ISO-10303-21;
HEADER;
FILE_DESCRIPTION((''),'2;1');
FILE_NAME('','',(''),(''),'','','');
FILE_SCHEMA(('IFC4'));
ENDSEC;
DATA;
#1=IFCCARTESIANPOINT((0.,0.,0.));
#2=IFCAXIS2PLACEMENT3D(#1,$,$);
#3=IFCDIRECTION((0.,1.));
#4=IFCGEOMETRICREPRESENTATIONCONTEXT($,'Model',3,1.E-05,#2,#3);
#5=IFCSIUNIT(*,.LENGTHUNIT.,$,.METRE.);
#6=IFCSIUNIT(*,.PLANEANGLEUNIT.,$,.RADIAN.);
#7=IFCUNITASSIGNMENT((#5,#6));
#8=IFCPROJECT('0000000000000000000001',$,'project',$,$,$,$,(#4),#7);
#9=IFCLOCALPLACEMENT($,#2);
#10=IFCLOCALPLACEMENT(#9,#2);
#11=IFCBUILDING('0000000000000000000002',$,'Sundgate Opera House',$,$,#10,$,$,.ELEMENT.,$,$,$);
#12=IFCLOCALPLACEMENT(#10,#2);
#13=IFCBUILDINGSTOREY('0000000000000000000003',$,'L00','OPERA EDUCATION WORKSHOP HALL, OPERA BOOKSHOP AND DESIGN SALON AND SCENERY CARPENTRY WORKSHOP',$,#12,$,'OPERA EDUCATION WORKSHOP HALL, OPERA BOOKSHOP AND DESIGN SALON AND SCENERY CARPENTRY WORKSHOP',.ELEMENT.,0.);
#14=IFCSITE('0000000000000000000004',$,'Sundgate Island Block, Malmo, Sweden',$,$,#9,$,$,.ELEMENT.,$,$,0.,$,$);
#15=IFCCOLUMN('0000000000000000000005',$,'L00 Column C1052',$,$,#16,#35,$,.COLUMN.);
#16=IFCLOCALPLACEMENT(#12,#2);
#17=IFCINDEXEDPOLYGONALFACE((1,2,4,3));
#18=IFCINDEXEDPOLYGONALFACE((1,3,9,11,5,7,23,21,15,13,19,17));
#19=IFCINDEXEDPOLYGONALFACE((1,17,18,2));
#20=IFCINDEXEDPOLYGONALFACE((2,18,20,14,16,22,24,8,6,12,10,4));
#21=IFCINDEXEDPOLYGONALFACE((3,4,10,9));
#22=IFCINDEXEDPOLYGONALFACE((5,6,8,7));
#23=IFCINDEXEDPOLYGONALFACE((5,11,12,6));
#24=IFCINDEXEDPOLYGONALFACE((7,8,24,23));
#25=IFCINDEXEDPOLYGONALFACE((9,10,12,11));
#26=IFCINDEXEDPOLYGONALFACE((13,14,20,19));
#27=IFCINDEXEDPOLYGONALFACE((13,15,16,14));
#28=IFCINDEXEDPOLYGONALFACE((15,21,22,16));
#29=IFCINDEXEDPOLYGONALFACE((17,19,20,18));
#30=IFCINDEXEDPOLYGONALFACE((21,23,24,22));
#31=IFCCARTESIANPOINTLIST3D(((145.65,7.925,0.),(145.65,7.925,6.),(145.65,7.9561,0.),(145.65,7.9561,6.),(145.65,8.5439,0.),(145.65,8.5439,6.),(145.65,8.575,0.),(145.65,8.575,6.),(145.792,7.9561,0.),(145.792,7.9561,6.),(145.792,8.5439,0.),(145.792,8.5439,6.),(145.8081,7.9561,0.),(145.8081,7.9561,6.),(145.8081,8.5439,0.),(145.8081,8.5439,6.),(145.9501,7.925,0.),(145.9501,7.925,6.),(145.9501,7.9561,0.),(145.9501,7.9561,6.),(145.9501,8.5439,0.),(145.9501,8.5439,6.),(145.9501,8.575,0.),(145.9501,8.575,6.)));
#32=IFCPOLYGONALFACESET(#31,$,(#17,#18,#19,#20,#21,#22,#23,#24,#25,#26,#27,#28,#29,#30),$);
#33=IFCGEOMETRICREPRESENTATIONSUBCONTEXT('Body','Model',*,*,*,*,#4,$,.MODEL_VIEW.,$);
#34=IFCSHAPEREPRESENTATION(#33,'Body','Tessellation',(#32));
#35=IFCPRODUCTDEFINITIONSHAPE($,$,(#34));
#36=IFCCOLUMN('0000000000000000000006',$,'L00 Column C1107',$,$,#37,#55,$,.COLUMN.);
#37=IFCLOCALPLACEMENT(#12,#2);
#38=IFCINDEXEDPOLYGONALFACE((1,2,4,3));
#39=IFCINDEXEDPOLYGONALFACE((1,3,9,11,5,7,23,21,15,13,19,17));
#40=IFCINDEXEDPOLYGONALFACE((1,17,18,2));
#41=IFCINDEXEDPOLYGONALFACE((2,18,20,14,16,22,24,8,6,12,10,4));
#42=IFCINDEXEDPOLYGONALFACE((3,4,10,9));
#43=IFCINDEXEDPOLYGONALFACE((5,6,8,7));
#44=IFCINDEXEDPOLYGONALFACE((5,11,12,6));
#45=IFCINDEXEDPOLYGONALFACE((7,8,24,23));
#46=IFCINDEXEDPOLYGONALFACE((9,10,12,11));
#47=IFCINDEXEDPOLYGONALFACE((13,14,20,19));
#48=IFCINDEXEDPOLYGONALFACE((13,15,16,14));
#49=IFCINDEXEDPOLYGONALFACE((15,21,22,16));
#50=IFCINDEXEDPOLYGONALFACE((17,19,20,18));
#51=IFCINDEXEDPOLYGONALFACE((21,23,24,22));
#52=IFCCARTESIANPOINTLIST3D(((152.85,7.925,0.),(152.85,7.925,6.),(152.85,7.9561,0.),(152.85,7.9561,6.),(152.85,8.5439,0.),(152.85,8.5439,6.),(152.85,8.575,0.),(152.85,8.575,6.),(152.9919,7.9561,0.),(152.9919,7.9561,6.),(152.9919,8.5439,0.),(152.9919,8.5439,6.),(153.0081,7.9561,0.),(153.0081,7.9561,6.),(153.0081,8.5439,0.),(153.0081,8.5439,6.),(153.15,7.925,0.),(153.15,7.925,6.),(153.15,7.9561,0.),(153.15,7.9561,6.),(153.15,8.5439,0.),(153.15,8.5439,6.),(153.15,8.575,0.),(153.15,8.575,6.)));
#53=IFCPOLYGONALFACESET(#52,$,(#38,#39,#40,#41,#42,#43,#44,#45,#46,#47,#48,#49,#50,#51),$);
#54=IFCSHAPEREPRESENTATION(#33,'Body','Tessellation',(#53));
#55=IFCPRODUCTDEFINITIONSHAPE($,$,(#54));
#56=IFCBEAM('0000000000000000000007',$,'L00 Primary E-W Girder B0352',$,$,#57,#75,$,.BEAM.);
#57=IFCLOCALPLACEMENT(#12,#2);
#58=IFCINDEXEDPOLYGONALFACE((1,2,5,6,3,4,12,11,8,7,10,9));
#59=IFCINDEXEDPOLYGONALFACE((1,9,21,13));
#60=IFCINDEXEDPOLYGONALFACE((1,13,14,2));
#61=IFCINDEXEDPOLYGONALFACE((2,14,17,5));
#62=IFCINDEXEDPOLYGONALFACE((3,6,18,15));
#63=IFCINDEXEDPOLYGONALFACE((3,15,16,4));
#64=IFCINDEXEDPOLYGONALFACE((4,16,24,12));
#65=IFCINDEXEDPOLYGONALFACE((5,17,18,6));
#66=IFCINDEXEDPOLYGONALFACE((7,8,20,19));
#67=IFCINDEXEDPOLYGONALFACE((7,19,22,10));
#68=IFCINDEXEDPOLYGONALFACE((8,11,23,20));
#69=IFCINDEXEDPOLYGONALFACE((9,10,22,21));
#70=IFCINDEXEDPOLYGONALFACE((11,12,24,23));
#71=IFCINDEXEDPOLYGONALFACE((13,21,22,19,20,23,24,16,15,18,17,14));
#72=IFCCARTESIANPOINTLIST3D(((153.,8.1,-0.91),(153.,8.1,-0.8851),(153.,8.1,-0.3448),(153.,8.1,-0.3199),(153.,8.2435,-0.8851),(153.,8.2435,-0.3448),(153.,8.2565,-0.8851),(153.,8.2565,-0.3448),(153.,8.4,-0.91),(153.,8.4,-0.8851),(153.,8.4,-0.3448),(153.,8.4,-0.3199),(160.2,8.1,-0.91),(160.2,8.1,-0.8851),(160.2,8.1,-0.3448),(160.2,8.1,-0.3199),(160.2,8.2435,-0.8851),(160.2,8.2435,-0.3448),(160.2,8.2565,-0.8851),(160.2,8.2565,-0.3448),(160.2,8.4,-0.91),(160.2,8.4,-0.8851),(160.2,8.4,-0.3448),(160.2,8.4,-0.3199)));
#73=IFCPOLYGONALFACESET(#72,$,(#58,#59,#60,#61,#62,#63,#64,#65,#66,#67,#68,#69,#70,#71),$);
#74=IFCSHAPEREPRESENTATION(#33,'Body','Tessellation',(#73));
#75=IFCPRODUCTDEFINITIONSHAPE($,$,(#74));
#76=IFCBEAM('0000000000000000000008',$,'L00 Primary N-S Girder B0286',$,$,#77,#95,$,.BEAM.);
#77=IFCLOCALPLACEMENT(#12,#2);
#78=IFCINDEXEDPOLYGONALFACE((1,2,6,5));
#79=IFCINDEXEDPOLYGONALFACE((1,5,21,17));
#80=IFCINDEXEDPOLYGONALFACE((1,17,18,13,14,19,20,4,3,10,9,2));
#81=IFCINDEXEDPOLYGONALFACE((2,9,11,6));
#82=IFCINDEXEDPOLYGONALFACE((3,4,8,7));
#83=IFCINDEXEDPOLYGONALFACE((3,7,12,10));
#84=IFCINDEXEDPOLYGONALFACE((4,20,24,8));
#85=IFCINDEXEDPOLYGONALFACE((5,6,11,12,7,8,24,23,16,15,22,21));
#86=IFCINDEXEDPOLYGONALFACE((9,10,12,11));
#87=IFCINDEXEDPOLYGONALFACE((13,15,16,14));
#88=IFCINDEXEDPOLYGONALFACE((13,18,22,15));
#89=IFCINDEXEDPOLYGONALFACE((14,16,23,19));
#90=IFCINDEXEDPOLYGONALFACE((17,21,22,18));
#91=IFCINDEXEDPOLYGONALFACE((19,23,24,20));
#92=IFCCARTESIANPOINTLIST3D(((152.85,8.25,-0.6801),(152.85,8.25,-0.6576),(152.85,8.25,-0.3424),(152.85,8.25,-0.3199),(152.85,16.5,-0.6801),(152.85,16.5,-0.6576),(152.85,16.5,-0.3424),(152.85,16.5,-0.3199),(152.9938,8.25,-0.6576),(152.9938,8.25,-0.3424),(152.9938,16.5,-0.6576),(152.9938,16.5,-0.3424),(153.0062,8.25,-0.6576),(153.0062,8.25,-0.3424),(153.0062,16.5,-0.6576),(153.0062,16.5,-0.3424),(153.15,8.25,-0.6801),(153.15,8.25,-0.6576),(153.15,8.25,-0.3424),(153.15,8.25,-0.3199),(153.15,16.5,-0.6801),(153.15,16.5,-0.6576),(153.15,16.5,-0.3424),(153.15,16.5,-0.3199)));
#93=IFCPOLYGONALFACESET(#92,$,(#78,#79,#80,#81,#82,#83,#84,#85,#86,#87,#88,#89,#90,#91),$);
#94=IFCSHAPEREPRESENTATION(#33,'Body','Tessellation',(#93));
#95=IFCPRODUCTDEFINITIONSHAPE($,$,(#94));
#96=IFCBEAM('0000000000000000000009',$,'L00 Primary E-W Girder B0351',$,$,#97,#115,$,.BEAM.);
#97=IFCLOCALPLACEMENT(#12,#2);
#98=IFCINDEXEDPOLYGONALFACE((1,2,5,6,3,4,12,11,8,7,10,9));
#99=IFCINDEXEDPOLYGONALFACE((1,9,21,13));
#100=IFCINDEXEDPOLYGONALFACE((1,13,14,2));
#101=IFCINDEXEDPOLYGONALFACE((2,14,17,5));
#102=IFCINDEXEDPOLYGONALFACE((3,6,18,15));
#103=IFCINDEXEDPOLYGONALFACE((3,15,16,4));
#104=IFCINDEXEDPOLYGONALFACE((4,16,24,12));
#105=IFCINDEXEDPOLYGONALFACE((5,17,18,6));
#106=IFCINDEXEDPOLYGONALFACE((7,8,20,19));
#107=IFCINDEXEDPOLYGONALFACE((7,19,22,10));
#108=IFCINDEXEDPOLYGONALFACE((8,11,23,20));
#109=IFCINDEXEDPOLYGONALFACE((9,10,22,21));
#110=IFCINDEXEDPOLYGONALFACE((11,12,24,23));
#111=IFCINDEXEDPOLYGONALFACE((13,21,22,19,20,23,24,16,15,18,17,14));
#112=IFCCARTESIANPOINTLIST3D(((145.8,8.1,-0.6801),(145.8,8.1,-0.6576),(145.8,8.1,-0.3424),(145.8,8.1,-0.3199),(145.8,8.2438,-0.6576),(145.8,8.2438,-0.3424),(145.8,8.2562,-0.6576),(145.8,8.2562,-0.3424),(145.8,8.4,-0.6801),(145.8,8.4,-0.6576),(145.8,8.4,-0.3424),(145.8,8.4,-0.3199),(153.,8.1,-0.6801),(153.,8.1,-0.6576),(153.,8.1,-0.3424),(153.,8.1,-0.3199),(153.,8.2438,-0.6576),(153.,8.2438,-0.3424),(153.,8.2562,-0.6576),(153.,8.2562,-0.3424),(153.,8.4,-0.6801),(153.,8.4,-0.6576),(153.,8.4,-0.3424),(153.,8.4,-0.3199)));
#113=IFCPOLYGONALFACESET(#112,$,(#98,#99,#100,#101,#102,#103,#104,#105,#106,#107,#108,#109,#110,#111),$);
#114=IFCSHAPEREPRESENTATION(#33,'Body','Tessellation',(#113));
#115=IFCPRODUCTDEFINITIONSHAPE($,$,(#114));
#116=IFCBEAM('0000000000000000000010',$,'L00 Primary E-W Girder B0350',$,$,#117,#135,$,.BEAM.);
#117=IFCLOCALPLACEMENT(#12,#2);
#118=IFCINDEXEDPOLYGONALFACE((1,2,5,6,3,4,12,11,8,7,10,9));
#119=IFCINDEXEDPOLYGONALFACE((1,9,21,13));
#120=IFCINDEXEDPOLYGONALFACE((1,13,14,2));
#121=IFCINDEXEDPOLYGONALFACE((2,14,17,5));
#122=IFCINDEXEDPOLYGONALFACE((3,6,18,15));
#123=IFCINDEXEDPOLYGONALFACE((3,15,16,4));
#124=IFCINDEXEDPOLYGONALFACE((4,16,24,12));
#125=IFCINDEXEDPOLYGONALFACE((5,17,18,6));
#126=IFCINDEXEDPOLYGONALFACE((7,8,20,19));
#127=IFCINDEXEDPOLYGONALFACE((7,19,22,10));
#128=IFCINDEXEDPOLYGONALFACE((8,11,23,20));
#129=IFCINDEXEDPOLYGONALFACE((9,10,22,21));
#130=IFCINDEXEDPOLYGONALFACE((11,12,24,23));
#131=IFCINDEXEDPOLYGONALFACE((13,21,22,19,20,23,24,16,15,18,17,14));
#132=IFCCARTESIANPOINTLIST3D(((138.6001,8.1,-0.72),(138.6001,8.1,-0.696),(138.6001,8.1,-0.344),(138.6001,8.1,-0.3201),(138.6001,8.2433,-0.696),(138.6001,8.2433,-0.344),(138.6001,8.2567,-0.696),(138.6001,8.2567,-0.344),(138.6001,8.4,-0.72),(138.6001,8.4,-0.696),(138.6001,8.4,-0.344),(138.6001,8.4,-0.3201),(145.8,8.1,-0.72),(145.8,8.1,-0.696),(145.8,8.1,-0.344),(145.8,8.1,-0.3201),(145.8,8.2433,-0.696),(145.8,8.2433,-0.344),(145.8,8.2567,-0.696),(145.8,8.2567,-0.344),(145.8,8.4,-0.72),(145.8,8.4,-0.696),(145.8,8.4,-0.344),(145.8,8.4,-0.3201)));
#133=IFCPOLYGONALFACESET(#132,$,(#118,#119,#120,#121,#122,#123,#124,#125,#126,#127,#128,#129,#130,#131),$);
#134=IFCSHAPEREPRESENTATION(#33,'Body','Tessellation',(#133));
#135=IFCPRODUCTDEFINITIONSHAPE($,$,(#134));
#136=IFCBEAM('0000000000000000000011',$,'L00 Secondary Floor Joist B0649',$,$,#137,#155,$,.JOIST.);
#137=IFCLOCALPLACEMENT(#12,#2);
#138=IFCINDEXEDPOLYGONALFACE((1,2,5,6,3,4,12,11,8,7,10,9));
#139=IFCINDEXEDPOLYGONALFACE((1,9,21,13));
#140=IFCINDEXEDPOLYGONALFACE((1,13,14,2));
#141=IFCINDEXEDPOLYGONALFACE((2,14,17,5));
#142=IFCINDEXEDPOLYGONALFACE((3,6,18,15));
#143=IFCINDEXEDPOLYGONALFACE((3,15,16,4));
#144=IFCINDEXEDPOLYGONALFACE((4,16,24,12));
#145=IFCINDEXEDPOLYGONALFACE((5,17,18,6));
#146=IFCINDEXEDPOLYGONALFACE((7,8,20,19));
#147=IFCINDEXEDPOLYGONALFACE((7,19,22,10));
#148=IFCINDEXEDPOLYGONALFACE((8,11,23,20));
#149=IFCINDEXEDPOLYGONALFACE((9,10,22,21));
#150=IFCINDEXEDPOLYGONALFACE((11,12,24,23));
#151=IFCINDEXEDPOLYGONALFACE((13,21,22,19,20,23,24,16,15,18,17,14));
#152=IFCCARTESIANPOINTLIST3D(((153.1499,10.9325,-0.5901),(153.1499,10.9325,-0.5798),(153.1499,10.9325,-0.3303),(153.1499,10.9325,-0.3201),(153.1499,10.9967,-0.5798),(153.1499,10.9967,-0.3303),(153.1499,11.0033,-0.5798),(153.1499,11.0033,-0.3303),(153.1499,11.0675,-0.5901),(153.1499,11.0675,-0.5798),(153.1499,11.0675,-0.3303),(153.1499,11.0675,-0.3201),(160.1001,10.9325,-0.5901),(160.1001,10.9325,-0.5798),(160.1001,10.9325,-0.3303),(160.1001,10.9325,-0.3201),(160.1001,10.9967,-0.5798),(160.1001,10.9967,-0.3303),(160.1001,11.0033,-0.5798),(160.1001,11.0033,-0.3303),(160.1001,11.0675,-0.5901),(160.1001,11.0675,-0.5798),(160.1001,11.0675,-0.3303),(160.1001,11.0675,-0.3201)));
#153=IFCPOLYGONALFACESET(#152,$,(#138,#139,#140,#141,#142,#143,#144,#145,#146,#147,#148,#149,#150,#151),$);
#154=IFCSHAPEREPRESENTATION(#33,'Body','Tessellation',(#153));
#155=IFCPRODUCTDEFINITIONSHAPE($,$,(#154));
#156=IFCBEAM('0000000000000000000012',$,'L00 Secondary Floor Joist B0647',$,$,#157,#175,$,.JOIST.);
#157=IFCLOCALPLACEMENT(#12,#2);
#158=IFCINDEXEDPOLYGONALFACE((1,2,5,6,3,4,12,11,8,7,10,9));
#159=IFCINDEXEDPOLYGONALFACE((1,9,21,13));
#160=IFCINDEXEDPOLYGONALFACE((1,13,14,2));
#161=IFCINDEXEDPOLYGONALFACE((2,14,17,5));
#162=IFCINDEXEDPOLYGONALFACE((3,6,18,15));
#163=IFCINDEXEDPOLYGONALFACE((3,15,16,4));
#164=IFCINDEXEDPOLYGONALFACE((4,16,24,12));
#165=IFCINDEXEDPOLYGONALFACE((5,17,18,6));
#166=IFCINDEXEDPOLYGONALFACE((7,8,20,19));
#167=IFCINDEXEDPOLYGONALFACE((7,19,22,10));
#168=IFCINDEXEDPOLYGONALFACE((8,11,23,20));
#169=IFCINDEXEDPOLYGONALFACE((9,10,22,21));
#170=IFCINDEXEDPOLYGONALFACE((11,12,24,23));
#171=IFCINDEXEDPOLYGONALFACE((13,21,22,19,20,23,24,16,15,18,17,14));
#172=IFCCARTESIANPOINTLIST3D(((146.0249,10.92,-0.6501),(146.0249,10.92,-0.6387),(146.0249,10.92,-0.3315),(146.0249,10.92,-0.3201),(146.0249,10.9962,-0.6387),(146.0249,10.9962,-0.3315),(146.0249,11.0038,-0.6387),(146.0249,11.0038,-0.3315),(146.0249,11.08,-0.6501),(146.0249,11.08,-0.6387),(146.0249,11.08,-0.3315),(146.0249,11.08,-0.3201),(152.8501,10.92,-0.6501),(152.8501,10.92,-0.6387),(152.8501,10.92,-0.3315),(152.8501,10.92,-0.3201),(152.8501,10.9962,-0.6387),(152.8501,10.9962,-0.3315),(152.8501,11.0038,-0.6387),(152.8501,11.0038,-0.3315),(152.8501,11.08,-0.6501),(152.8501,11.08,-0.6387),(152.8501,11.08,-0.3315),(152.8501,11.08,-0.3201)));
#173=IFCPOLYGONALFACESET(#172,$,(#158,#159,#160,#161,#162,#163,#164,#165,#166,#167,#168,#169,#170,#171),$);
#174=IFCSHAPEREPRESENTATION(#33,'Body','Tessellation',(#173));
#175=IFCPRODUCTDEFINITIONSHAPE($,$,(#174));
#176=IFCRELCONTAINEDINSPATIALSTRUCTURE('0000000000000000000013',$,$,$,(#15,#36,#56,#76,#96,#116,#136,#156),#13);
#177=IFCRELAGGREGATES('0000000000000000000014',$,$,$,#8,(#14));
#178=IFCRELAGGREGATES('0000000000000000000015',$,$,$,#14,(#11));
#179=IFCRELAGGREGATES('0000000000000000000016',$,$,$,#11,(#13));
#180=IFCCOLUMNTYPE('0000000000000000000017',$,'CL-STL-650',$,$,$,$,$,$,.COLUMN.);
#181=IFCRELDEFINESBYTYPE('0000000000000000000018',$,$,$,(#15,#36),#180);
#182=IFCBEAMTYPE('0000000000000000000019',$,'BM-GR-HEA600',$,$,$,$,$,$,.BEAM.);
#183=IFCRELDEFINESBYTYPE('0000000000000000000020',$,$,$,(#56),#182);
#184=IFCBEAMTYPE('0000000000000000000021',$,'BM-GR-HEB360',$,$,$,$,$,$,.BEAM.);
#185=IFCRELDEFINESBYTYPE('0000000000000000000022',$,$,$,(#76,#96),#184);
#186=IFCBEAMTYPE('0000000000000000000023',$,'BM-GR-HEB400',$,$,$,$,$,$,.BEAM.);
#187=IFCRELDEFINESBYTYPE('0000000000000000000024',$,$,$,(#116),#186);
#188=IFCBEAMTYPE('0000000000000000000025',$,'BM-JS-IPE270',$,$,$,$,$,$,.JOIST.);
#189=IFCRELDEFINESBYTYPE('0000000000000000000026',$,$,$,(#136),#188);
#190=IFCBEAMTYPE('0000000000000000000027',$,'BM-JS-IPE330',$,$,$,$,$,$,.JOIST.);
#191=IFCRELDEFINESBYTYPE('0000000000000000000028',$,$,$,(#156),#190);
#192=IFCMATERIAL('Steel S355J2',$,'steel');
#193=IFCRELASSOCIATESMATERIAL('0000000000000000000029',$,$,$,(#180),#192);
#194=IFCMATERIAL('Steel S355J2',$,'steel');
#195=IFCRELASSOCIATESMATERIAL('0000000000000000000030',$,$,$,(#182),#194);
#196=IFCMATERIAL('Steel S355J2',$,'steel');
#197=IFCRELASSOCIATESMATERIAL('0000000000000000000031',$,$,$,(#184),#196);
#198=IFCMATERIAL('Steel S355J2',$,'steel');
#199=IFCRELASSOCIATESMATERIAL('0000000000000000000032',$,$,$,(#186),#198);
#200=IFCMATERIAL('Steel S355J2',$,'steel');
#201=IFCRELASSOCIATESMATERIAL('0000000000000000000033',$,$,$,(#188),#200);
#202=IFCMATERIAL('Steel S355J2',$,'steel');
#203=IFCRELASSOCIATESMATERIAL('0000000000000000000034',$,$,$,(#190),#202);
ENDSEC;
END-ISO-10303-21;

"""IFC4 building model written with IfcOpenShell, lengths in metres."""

from ifc_helpers import new_model, si_unit, direction, frame, origin, origin_2d, place, context, subcontext, project, spatial, i_section, extrude, material, material_profile, profile_set, type_object, element, save


model = new_model("IFC4")

# Units and contexts
model_context = context("Model", 3, precision=1e-05, world=origin(), true_north=direction((0.0, 1.0)))
body_context = subcontext(model_context, "Body", "Model", "MODEL_VIEW")
ifc_project = project(units=[si_unit("LENGTHUNIT", "METRE"), si_unit("PLANEANGLEUNIT", "RADIAN")], contexts=[model_context])

# Site, building, storey
site_placement = place(None, origin())
site = spatial("IfcSite", under=ifc_project, at=site_placement, Name="Sundgate Island Block, Malmo, Sweden", CompositionType="ELEMENT", RefElevation=0.0)
building_placement = place(site_placement, origin())
building = spatial("IfcBuilding", under=site, at=building_placement, Name="Sundgate Opera House", CompositionType="ELEMENT")
storey_placement = place(building_placement, origin())
storey = spatial("IfcBuildingStorey", under=building, at=storey_placement, Name="L00", Description="OPERA EDUCATION WORKSHOP HALL, OPERA BOOKSHOP AND DESIGN SALON AND SCENERY CARPENTRY WORKSHOP", LongName="OPERA EDUCATION WORKSHOP HALL, OPERA BOOKSHOP AND DESIGN SALON AND SCENERY CARPENTRY WORKSHOP", CompositionType="ELEMENT", Elevation=0.0)

# Columns
ifc_material_1 = material(Name="Steel S355J2", Category="steel")
ifc_material_profile_1 = material_profile(ifc_material_1, i_section(OverallWidth=0.3, OverallDepth=0.6499, WebThickness=0.0161, FlangeThickness=0.031, at=origin_2d()), Name="HEB 650")
ifc_profile_set_1 = profile_set([ifc_material_profile_1], Name="Steel S355J2")
column_type = type_object("IfcColumnType", Name="CL-STL-650", PredefinedType="COLUMN", material=ifc_profile_set_1)
for number, where, z_axis, x_axis, name in (
    (1, (145.8, 8.25, 0.0), (0.0, 0.0, 1.0), (1.0, 0.0, 0.0), "L00 Column C1052"),
    (2, (153.0, 8.25, 0.0), (0.0, 0.0, 1.0), (1.0, 0.0, 0.0), "L00 Column C1107"),
):
    element("IfcColumn", number, at=place(storey_placement, frame(where, z_axis=z_axis, x_axis=x_axis)), inside=storey, type_object=column_type, Name=name, PredefinedType="COLUMN", context=body_context, shape_type="SweptSolid", body=[
        extrude(i_section(OverallWidth=0.3, OverallDepth=0.6499, WebThickness=0.0161, FlangeThickness=0.031, at=origin_2d()), origin(), (0.0, 0.0, 1.0), 6.0),
    ])

# Beams
ifc_material_2 = material(Name="Steel S355J2", Category="steel")
ifc_material_profile_2 = material_profile(ifc_material_2, i_section(OverallWidth=0.3, OverallDepth=0.5901, WebThickness=0.0129, FlangeThickness=0.0249, at=origin_2d()), Name="HEA 600")
ifc_profile_set_2 = profile_set([ifc_material_profile_2], Name="Steel S355J2")
beam_type_1 = type_object("IfcBeamType", Name="BM-GR-HEA600", PredefinedType="BEAM", material=ifc_profile_set_2)
beam_1_placement = place(storey_placement, frame((153.0, 8.25, -0.615), z_axis=(1.0, 0.0, 0.0), x_axis=(0.0, 1.0, 0.0)))
element("IfcBeam", 3, at=beam_1_placement, inside=storey, type_object=beam_type_1, Name="L00 Primary E-W Girder B0352", PredefinedType="BEAM", context=body_context, shape_type="SweptSolid", body=[
    extrude(i_section(OverallWidth=0.3, OverallDepth=0.5901, WebThickness=0.0129, FlangeThickness=0.0249, at=origin_2d()), origin(), (0.0, 0.0, 1.0), 7.2),
])
ifc_material_3 = material(Name="Steel S355J2", Category="steel")
ifc_material_profile_3 = material_profile(ifc_material_3, i_section(OverallWidth=0.3, OverallDepth=0.3601, WebThickness=0.0125, FlangeThickness=0.0225, at=origin_2d()), Name="HEB 360")
ifc_profile_set_3 = profile_set([ifc_material_profile_3], Name="Steel S355J2")
beam_type_2 = type_object("IfcBeamType", Name="BM-GR-HEB360", PredefinedType="BEAM", material=ifc_profile_set_3)
beam_2_placement = place(storey_placement, frame((153.0, 8.25, -0.5), z_axis=(0.0, 1.0, 0.0), x_axis=(-1.0, 0.0, 0.0)))
element("IfcBeam", 4, at=beam_2_placement, inside=storey, type_object=beam_type_2, Name="L00 Primary N-S Girder B0286", PredefinedType="BEAM", context=body_context, shape_type="SweptSolid", body=[
    extrude(i_section(OverallWidth=0.3, OverallDepth=0.3601, WebThickness=0.0125, FlangeThickness=0.0225, at=origin_2d()), origin(), (0.0, 0.0, 1.0), 8.25),
])
beam_3_placement = place(storey_placement, frame((145.8, 8.25, -0.5), z_axis=(1.0, 0.0, 0.0), x_axis=(0.0, 1.0, 0.0)))
element("IfcBeam", 5, at=beam_3_placement, inside=storey, type_object=beam_type_2, Name="L00 Primary E-W Girder B0351", PredefinedType="BEAM", context=body_context, shape_type="SweptSolid", body=[
    extrude(i_section(OverallWidth=0.3, OverallDepth=0.3601, WebThickness=0.0125, FlangeThickness=0.0225, at=origin_2d()), origin(), (0.0, 0.0, 1.0), 7.2),
])
ifc_material_4 = material(Name="Steel S355J2", Category="steel")
ifc_material_profile_4 = material_profile(ifc_material_4, i_section(OverallWidth=0.3, OverallDepth=0.3999, WebThickness=0.0134, FlangeThickness=0.0239, at=origin_2d()), Name="HEB 400")
ifc_profile_set_4 = profile_set([ifc_material_profile_4], Name="Steel S355J2")
beam_type_3 = type_object("IfcBeamType", Name="BM-GR-HEB400", PredefinedType="BEAM", material=ifc_profile_set_4)
beam_4_placement = place(storey_placement, frame((138.6001, 8.25, -0.52), z_axis=(1.0, 0.0, 0.0), x_axis=(0.0, 1.0, 0.0)))
element("IfcBeam", 6, at=beam_4_placement, inside=storey, type_object=beam_type_3, Name="L00 Primary E-W Girder B0350", PredefinedType="BEAM", context=body_context, shape_type="SweptSolid", body=[
    extrude(i_section(OverallWidth=0.3, OverallDepth=0.3999, WebThickness=0.0134, FlangeThickness=0.0239, at=origin_2d()), origin(), (0.0, 0.0, 1.0), 7.2),
])
ifc_material_5 = material(Name="Steel S355J2", Category="steel")
ifc_material_profile_5 = material_profile(ifc_material_5, i_section(OverallWidth=0.135, OverallDepth=0.27, WebThickness=0.0066, FlangeThickness=0.0103, at=origin_2d()), Name="IPE 270")
ifc_profile_set_5 = profile_set([ifc_material_profile_5], Name="Steel S355J2")
beam_type_4 = type_object("IfcBeamType", Name="BM-JS-IPE270", PredefinedType="JOIST", material=ifc_profile_set_5)
beam_5_placement = place(storey_placement, frame((153.1499, 11.0, -0.4551), z_axis=(1.0, 0.0, 0.0), x_axis=(0.0, 1.0, 0.0)))
element("IfcBeam", 7, at=beam_5_placement, inside=storey, type_object=beam_type_4, Name="L00 Secondary Floor Joist B0649", PredefinedType="JOIST", context=body_context, shape_type="SweptSolid", body=[
    extrude(i_section(OverallWidth=0.135, OverallDepth=0.27, WebThickness=0.0066, FlangeThickness=0.0103, at=origin_2d()), origin(), (0.0, 0.0, 1.0), 6.9502),
])
ifc_material_6 = material(Name="Steel S355J2", Category="steel")
ifc_material_profile_6 = material_profile(ifc_material_6, i_section(OverallWidth=0.1599, OverallDepth=0.3301, WebThickness=0.0076, FlangeThickness=0.0115, at=origin_2d()), Name="IPE 330")
ifc_profile_set_6 = profile_set([ifc_material_profile_6], Name="Steel S355J2")
beam_type_5 = type_object("IfcBeamType", Name="BM-JS-IPE330", PredefinedType="JOIST", material=ifc_profile_set_6)
beam_6_placement = place(storey_placement, frame((146.0249, 11.0, -0.4851), z_axis=(1.0, 0.0, 0.0), x_axis=(0.0, 1.0, 0.0)))
element("IfcBeam", 8, at=beam_6_placement, inside=storey, type_object=beam_type_5, Name="L00 Secondary Floor Joist B0647", PredefinedType="JOIST", context=body_context, shape_type="SweptSolid", body=[
    extrude(i_section(OverallWidth=0.1599, OverallDepth=0.3301, WebThickness=0.0076, FlangeThickness=0.0115, at=origin_2d()), origin(), (0.0, 0.0, 1.0), 6.8252),
])

save(model, "model.ifc")
